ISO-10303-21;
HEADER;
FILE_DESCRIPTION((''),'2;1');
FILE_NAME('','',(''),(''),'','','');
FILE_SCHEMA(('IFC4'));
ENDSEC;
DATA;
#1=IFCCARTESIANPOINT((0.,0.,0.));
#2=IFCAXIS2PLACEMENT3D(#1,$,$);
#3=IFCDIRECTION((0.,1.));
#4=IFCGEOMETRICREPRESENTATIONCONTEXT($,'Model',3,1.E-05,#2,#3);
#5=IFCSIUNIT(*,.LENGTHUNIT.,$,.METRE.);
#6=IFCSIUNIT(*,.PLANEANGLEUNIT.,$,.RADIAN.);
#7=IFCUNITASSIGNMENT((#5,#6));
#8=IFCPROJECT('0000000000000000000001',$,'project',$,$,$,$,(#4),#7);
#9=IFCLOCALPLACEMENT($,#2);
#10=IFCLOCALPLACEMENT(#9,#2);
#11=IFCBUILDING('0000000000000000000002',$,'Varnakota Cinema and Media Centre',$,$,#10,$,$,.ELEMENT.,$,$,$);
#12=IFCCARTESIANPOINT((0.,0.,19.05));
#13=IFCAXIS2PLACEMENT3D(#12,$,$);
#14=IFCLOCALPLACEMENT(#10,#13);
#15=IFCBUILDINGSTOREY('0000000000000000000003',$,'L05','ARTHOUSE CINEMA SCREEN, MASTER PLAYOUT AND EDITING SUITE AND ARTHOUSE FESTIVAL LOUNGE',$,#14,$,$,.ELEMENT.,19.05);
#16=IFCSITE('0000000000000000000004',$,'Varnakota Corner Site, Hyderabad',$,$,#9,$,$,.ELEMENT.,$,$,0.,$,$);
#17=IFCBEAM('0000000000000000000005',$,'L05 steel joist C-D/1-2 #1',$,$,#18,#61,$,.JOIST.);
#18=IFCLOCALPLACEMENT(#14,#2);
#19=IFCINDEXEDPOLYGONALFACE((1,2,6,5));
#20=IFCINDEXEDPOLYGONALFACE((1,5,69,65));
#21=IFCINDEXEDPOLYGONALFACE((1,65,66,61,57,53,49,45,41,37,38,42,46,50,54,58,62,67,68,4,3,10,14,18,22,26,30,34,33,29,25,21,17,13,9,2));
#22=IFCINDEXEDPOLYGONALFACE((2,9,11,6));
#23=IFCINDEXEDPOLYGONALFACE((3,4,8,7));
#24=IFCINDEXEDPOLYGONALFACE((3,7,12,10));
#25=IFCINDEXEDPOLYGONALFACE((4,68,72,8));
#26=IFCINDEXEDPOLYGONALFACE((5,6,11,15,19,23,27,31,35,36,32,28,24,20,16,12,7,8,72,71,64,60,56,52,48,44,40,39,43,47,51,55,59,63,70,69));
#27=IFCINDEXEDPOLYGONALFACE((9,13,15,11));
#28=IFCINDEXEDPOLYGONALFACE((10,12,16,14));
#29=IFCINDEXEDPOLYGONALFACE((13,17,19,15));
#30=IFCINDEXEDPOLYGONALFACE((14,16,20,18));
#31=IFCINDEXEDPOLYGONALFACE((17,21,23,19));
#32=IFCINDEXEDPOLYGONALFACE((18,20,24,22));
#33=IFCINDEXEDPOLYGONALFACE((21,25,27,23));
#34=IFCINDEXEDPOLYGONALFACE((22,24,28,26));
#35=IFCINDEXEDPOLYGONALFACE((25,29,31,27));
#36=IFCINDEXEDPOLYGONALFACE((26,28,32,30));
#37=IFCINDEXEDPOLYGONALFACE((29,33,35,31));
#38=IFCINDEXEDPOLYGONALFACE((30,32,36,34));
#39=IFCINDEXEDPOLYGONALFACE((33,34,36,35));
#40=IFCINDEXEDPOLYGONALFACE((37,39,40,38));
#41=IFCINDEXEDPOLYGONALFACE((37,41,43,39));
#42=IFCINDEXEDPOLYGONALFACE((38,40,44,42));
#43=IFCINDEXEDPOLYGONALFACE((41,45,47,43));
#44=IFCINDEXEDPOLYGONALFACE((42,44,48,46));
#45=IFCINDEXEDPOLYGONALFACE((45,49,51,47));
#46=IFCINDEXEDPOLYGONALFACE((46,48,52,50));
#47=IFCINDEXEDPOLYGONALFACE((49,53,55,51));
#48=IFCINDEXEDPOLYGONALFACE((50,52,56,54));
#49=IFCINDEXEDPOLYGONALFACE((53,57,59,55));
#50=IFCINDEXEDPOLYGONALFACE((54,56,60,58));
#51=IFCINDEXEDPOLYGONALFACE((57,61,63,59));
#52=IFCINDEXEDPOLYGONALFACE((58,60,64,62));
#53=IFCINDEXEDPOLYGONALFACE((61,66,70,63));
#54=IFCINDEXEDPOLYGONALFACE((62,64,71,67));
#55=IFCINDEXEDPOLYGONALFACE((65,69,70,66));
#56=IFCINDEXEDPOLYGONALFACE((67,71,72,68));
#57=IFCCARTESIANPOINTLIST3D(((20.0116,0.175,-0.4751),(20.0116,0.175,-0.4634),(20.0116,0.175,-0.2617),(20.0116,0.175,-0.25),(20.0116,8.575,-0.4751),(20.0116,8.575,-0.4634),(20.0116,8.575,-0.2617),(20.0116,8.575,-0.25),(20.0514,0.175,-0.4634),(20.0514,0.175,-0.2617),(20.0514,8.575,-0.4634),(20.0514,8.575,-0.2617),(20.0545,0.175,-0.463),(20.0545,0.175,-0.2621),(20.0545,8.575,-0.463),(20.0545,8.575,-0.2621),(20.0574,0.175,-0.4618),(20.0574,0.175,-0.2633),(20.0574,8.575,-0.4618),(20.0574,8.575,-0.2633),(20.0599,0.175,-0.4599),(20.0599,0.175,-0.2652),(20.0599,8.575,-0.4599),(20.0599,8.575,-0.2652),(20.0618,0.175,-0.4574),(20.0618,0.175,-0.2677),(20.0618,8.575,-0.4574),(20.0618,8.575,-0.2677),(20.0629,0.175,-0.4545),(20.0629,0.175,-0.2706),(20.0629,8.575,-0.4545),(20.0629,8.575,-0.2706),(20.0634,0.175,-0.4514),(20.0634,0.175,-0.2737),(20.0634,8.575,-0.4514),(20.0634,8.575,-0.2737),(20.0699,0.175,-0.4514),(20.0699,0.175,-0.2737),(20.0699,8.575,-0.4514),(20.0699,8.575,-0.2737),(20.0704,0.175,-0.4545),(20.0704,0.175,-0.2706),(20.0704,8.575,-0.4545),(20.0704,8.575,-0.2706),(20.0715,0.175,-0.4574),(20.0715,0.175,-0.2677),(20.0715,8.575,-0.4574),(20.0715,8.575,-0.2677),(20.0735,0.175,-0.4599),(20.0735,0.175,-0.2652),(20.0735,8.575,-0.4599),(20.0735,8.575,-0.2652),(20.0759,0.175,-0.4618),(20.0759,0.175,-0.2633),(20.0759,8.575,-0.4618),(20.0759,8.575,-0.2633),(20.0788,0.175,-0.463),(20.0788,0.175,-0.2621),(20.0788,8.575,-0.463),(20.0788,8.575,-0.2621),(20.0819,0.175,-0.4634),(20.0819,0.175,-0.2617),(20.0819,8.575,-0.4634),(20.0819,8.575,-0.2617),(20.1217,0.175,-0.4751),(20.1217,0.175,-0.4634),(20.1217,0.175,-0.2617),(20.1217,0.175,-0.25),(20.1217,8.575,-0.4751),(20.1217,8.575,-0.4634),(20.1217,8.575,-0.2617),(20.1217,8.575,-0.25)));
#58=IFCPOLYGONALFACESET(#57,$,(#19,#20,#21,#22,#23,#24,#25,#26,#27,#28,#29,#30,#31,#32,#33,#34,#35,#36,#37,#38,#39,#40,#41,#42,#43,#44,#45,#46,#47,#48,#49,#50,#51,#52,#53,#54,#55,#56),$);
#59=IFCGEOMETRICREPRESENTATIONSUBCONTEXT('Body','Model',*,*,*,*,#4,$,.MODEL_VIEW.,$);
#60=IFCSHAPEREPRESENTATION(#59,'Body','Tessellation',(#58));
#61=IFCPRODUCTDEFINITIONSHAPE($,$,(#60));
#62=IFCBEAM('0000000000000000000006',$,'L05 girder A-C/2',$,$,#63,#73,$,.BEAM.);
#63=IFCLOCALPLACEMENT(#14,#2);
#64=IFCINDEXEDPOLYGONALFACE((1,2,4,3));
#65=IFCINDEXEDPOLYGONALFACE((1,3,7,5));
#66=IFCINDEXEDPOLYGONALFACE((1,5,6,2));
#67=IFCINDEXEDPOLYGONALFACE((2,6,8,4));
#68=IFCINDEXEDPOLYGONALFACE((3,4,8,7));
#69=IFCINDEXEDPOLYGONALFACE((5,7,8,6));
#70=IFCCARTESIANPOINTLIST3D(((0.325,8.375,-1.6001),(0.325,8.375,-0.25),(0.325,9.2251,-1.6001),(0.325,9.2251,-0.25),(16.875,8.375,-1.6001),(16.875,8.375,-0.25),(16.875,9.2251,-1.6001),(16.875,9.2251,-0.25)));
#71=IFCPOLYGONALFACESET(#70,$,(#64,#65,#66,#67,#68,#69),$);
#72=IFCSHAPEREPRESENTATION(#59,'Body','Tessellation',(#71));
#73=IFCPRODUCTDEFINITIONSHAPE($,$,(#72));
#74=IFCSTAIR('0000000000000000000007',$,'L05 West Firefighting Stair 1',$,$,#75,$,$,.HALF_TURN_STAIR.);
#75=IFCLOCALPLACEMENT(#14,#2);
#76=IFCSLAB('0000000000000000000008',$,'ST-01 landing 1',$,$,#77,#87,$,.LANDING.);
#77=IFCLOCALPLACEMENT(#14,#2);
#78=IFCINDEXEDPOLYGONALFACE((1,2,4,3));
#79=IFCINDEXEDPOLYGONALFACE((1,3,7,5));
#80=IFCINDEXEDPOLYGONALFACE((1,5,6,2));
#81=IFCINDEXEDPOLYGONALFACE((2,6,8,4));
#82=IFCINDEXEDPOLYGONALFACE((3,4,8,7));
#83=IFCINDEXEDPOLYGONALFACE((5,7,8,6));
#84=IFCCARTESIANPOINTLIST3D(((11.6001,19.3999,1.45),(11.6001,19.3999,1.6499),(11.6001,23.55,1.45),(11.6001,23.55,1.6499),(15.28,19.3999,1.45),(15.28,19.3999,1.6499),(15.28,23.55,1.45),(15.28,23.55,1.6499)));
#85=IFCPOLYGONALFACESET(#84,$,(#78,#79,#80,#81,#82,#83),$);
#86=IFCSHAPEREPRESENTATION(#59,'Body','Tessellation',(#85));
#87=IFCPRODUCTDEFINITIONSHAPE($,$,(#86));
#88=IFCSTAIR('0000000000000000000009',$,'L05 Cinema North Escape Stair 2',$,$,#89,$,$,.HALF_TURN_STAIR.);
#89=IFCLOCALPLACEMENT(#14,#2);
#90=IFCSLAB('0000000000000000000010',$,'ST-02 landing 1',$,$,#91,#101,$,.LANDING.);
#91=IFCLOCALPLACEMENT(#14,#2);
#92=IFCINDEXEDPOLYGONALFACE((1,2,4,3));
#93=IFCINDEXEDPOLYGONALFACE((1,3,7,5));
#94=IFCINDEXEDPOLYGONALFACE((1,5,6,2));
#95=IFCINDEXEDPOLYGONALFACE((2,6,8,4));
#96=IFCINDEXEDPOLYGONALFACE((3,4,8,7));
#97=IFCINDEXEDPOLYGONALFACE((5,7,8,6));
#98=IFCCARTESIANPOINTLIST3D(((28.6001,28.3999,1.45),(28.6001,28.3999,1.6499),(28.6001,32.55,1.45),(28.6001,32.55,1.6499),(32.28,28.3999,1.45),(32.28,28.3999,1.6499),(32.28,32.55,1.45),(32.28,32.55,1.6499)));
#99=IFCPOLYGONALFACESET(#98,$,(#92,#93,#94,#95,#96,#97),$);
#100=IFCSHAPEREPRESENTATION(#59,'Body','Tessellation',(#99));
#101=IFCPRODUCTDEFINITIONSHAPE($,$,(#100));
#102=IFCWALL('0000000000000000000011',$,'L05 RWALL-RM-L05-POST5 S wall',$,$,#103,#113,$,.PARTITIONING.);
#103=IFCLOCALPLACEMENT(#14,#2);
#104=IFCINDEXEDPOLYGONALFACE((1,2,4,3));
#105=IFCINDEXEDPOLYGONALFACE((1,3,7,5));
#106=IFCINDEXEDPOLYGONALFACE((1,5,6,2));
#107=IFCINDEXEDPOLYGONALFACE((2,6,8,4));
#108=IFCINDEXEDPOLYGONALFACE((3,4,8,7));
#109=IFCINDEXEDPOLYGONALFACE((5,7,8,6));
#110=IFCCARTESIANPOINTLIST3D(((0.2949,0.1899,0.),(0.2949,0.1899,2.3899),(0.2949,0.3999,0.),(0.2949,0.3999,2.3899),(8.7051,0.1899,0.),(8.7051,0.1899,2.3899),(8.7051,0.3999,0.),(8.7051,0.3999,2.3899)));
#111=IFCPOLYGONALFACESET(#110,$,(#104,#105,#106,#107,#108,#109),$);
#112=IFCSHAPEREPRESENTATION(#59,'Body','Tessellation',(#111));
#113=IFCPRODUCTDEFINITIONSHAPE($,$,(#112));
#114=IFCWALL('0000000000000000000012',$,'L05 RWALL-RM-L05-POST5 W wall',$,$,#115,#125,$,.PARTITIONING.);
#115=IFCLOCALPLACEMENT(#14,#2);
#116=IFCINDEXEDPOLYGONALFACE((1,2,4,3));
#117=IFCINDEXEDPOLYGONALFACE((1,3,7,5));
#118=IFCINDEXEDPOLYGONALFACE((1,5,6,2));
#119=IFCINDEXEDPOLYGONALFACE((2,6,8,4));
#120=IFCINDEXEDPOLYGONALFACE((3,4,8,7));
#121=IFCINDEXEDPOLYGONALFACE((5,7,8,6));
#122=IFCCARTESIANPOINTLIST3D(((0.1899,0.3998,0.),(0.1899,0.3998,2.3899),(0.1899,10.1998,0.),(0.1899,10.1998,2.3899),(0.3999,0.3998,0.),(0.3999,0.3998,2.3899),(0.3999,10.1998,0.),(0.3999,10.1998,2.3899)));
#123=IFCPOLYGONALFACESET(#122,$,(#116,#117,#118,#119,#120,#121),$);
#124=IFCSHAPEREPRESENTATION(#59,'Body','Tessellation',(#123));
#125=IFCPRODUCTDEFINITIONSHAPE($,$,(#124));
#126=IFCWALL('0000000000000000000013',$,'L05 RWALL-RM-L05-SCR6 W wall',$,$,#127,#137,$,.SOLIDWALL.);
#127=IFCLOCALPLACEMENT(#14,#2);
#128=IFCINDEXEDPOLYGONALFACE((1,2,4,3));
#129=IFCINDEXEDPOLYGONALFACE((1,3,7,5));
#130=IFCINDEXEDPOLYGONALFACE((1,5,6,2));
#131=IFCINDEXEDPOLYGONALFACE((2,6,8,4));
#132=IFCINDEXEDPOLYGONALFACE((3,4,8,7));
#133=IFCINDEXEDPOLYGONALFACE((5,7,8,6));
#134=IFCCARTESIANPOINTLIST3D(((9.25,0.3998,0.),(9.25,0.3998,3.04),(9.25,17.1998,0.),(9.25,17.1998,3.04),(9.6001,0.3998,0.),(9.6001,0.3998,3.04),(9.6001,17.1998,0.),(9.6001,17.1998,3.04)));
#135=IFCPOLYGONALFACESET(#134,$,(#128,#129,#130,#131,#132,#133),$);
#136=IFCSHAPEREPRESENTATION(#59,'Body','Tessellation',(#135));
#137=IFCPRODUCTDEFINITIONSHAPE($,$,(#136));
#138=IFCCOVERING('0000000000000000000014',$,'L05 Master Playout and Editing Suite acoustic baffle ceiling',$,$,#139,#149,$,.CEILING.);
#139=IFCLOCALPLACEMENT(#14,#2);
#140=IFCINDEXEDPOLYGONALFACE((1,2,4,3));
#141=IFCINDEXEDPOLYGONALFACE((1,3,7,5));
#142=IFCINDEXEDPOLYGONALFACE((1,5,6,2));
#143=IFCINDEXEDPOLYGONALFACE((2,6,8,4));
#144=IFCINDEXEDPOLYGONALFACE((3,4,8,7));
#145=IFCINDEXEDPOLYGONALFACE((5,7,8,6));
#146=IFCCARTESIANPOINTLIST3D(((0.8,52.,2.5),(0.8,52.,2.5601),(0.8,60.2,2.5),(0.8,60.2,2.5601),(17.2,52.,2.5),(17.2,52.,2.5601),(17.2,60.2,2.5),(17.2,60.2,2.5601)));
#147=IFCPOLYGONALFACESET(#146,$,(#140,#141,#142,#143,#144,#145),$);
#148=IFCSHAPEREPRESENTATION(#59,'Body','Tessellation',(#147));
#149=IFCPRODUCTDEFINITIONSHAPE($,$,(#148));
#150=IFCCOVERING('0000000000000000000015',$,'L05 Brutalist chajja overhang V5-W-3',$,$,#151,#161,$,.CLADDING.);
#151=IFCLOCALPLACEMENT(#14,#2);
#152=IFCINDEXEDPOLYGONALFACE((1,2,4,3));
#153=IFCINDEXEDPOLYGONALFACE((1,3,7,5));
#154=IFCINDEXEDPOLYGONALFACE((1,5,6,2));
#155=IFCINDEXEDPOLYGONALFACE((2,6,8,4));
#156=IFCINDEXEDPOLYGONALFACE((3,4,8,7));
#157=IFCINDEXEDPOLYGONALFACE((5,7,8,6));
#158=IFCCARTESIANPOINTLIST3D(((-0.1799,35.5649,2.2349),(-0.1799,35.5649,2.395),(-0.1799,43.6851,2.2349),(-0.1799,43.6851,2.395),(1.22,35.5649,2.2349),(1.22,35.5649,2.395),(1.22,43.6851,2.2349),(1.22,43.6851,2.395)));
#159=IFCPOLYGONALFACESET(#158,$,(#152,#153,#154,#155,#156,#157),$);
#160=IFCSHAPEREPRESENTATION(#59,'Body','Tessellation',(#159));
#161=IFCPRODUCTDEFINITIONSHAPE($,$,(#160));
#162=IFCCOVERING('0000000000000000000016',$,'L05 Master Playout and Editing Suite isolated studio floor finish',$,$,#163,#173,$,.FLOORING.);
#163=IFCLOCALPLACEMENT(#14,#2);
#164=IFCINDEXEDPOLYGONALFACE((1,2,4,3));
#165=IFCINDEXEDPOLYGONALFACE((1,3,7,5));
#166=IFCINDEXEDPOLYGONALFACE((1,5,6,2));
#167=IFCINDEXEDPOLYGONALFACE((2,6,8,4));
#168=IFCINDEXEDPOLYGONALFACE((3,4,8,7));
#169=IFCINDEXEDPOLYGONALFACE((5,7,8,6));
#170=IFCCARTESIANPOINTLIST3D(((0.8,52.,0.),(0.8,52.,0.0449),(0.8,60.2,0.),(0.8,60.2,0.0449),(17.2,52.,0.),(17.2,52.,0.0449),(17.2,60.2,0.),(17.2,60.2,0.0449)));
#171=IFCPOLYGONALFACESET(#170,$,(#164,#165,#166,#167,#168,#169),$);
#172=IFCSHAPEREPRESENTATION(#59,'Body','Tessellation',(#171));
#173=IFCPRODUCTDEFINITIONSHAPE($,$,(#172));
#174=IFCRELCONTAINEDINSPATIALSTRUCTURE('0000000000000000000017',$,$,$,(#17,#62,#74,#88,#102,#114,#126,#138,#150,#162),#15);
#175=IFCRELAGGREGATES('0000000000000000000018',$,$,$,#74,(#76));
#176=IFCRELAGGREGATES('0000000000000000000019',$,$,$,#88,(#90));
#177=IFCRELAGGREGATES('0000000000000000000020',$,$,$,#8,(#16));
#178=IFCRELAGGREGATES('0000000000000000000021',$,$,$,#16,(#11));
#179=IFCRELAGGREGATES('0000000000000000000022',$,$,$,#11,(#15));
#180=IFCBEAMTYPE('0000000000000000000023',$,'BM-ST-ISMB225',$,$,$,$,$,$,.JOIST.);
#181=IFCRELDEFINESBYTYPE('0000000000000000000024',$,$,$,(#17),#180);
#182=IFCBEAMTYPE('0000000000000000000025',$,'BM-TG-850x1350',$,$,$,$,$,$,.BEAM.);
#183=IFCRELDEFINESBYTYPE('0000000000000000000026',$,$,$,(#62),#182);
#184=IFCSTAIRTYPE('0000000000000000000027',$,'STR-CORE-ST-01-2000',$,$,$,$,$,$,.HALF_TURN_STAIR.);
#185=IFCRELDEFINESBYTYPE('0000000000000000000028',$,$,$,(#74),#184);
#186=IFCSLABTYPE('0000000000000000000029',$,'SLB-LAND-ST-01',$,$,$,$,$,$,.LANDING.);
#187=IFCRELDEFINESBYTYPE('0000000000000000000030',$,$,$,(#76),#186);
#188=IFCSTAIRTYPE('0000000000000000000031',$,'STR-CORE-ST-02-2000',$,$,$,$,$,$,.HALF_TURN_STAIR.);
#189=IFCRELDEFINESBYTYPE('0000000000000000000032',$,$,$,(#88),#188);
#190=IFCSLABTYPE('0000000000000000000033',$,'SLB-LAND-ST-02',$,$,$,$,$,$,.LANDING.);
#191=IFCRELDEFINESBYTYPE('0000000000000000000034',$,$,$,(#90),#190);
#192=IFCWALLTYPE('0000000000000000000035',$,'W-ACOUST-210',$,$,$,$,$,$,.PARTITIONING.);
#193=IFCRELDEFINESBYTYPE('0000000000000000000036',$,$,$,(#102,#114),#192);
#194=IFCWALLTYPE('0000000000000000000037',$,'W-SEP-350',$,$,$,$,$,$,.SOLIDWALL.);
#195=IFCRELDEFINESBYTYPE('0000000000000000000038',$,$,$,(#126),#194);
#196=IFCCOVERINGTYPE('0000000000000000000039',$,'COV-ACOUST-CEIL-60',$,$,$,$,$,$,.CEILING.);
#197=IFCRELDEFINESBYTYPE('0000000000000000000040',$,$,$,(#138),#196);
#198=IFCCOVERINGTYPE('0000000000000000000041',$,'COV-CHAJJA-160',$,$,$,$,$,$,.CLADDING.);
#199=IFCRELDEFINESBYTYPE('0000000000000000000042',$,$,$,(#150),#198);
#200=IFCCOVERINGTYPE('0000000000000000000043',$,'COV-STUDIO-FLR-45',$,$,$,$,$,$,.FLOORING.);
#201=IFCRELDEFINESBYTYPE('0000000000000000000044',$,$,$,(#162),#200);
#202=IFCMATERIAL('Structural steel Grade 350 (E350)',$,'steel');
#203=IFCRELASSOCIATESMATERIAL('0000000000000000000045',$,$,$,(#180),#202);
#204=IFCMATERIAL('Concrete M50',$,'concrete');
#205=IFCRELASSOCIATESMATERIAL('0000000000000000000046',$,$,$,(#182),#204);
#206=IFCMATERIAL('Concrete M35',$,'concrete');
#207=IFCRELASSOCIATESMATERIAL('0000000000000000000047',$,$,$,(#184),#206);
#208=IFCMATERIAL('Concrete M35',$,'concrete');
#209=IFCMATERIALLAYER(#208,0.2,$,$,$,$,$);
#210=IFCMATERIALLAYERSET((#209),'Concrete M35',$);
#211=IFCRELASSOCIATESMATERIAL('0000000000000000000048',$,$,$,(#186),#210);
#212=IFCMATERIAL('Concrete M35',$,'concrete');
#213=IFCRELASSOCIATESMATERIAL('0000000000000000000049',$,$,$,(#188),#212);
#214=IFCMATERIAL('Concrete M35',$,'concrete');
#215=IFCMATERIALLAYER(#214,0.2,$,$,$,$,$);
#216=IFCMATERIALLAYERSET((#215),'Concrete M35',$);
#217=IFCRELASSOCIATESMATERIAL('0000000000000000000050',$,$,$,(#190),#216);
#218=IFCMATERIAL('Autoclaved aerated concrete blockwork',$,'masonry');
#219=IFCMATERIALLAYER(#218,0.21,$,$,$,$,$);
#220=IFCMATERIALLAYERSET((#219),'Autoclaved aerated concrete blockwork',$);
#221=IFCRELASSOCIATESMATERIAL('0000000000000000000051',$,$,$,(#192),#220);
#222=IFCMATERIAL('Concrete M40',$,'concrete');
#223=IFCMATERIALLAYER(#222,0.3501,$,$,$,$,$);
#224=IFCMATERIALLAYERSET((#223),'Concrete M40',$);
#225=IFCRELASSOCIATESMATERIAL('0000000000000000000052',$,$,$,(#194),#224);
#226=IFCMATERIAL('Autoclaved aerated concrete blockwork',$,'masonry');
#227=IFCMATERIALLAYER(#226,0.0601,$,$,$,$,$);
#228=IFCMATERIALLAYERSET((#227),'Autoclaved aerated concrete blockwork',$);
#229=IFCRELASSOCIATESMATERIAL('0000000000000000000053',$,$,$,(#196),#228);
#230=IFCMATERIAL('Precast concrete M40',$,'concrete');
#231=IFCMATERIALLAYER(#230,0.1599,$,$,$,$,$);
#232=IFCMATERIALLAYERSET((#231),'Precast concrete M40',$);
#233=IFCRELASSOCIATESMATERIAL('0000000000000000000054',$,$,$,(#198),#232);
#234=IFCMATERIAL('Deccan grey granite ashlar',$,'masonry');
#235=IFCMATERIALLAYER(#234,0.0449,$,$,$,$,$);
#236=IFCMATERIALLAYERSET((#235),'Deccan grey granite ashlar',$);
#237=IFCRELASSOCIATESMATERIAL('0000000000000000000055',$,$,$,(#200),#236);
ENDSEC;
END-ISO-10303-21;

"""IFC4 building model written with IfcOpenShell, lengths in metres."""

from ifc_helpers import new_model, si_unit, direction, frame, frame_2d, origin, origin_2d, place, context, subcontext, project, spatial, polyline, rectangle, i_section, outline, extrude, material, layer, layer_set, material_profile, profile_set, type_object, element, aggregate, save


model = new_model("IFC4")

# Units and contexts
model_context = context("Model", 3, precision=1e-05, world=origin(), true_north=direction((0.0, 1.0)))
body_context = subcontext(model_context, "Body", "Model", "MODEL_VIEW")
ifc_project = project(units=[si_unit("LENGTHUNIT", "METRE"), si_unit("PLANEANGLEUNIT", "RADIAN")], contexts=[model_context])

# Site, building, storey
site_placement = place(None, origin())
site = spatial("IfcSite", under=ifc_project, at=site_placement, Name="Varnakota Corner Site, Hyderabad", CompositionType="ELEMENT", RefElevation=0.0)
building_placement = place(site_placement, origin())
building = spatial("IfcBuilding", under=site, at=building_placement, Name="Varnakota Cinema and Media Centre", CompositionType="ELEMENT")
storey_placement = place(building_placement, frame((0.0, 0.0, 19.05)))
storey = spatial("IfcBuildingStorey", under=building, at=storey_placement, Name="L05", Description="ARTHOUSE CINEMA SCREEN, MASTER PLAYOUT AND EDITING SUITE AND ARTHOUSE FESTIVAL LOUNGE", CompositionType="ELEMENT", Elevation=19.05)

# Beams
ifc_material_1 = material(Name="Structural steel Grade 350 (E350)", Category="steel")
ifc_material_profile_1 = material_profile(ifc_material_1, i_section(OverallWidth=0.1101, OverallDepth=0.2251, WebThickness=0.0066, FlangeThickness=0.0117, FilletRadius=0.012, at=origin_2d()), Name="ISMB 225")
ifc_profile_set_1 = profile_set([ifc_material_profile_1], Name="Structural steel Grade 350 (E350)")
beam_type_1 = type_object("IfcBeamType", Name="BM-ST-ISMB225", PredefinedType="JOIST", material=ifc_profile_set_1)
beam_1_placement = place(storey_placement, frame((20.0667, 0.175, -0.3625), z_axis=(0.0, 1.0, 0.0), x_axis=(-1.0, 0.0, 0.0)))
element("IfcBeam", 1, at=beam_1_placement, inside=storey, type_object=beam_type_1, Name="L05 steel joist C-D/1-2 #1", PredefinedType="JOIST", context=body_context, shape_type="SweptSolid", body=[
    extrude(i_section(OverallWidth=0.1101, OverallDepth=0.2251, WebThickness=0.0066, FlangeThickness=0.0117, FilletRadius=0.012, at=origin_2d()), origin(), (0.0, 0.0, 1.0), 8.3999),
])
ifc_material_2 = material(Name="Concrete M50", Category="concrete")
ifc_material_profile_2 = material_profile(ifc_material_2, rectangle(XDim=0.8501, YDim=1.3501, at=origin_2d()), Name="RCB 850x1350")
ifc_profile_set_2 = profile_set([ifc_material_profile_2], Name="Concrete M50")
beam_type_2 = type_object("IfcBeamType", Name="BM-TG-850x1350", PredefinedType="BEAM", material=ifc_profile_set_2)
beam_2_placement = place(storey_placement, frame((0.325, 8.8, -0.925), z_axis=(1.0, 0.0, 0.0), x_axis=(0.0, 1.0, 0.0)))
element("IfcBeam", 2, at=beam_2_placement, inside=storey, type_object=beam_type_2, Name="L05 girder A-C/2", PredefinedType="BEAM", context=body_context, shape_type="SweptSolid", body=[
    extrude(rectangle(XDim=0.8501, YDim=1.3501, at=origin_2d()), origin(), (0.0, 0.0, 1.0), 16.55),
])

# Stairs, slabs
ifc_material_3 = material(Name="Concrete M35", Category="concrete")
stair_type_1 = type_object("IfcStairType", Name="STR-CORE-ST-01-2000", PredefinedType="HALF_TURN_STAIR", material=ifc_material_3)
stair_1_placement = place(storey_placement, origin())
stair_1 = element("IfcStair", 3, at=stair_1_placement, inside=storey, type_object=stair_type_1, Name="L05 West Firefighting Stair 1", PredefinedType="HALF_TURN_STAIR")
ifc_material_4 = material(Name="Concrete M35", Category="concrete")
ifc_layer_1 = layer(ifc_material_4, 0.2)
ifc_layer_set_1 = layer_set([ifc_layer_1], Name="Concrete M35")
slab_type_1 = type_object("IfcSlabType", Name="SLB-LAND-ST-01", PredefinedType="LANDING", material=ifc_layer_set_1)
slab_1_placement = place(storey_placement, frame((0.0, 0.0, 1.45)))
slab_1 = element("IfcSlab", 4, at=slab_1_placement, type_object=slab_type_1, Name="ST-01 landing 1", PredefinedType="LANDING", context=body_context, shape_type="SweptSolid", body=[
    extrude(outline(polyline([(11.6001, 19.3999), (15.28, 19.3999), (15.28, 23.55), (11.6001, 23.55), (11.6001, 19.3999)])), origin(), (0.0, 0.0, 1.0), 0.2),
])
aggregate(stair_1, [slab_1])
ifc_material_5 = material(Name="Concrete M35", Category="concrete")
stair_type_2 = type_object("IfcStairType", Name="STR-CORE-ST-02-2000", PredefinedType="HALF_TURN_STAIR", material=ifc_material_5)
stair_2_placement = place(storey_placement, origin())
stair_2 = element("IfcStair", 5, at=stair_2_placement, inside=storey, type_object=stair_type_2, Name="L05 Cinema North Escape Stair 2", PredefinedType="HALF_TURN_STAIR")
ifc_material_6 = material(Name="Concrete M35", Category="concrete")
ifc_layer_2 = layer(ifc_material_6, 0.2)
ifc_layer_set_2 = layer_set([ifc_layer_2], Name="Concrete M35")
slab_type_2 = type_object("IfcSlabType", Name="SLB-LAND-ST-02", PredefinedType="LANDING", material=ifc_layer_set_2)
slab_2_placement = place(storey_placement, frame((0.0, 0.0, 1.45)))
slab_2 = element("IfcSlab", 6, at=slab_2_placement, type_object=slab_type_2, Name="ST-02 landing 1", PredefinedType="LANDING", context=body_context, shape_type="SweptSolid", body=[
    extrude(outline(polyline([(28.6001, 28.3999), (32.28, 28.3999), (32.28, 32.55), (28.6001, 32.55), (28.6001, 28.3999)])), origin(), (0.0, 0.0, 1.0), 0.2),
])
aggregate(stair_2, [slab_2])

# Walls
ifc_material_7 = material(Name="Autoclaved aerated concrete blockwork", Category="masonry")
ifc_layer_3 = layer(ifc_material_7, 0.21)
ifc_layer_set_3 = layer_set([ifc_layer_3], Name="Autoclaved aerated concrete blockwork")
wall_type_1 = type_object("IfcWallType", Name="W-ACOUST-210", PredefinedType="PARTITIONING", material=ifc_layer_set_3)
wall_1_placement = place(storey_placement, frame((8.7051, 0.2949, 0.0), z_axis=(0.0, 0.0, 1.0), x_axis=(-1.0, 0.0, 0.0)))
element("IfcWall", 7, at=wall_1_placement, inside=storey, type_object=wall_type_1, Name="L05 RWALL-RM-L05-POST5 S wall", PredefinedType="PARTITIONING", context=body_context, shape_type="SweptSolid", body=[
    extrude(rectangle(XDim=8.4102, YDim=0.21, at=frame_2d((4.2051, 0.0))), origin(), (0.0, 0.0, 1.0), 2.3899),
])
wall_2_placement = place(storey_placement, frame((0.2949, 0.3999, 0.0), z_axis=(0.0, 0.0, 1.0), x_axis=(0.0, 1.0, 0.0)))
element("IfcWall", 8, at=wall_2_placement, inside=storey, type_object=wall_type_1, Name="L05 RWALL-RM-L05-POST5 W wall", PredefinedType="PARTITIONING", context=body_context, shape_type="SweptSolid", body=[
    extrude(rectangle(XDim=9.8, YDim=0.21, at=frame_2d((4.8999, 0.0))), origin(), (0.0, 0.0, 1.0), 2.3899),
])
ifc_material_8 = material(Name="Concrete M40", Category="concrete")
ifc_layer_4 = layer(ifc_material_8, 0.3501)
ifc_layer_set_4 = layer_set([ifc_layer_4], Name="Concrete M40")
wall_type_2 = type_object("IfcWallType", Name="W-SEP-350", PredefinedType="SOLIDWALL", material=ifc_layer_set_4)
wall_3_placement = place(storey_placement, frame((9.425, 0.3999, 0.0), z_axis=(0.0, 0.0, 1.0), x_axis=(0.0, 1.0, 0.0)))
element("IfcWall", 9, at=wall_3_placement, inside=storey, type_object=wall_type_2, Name="L05 RWALL-RM-L05-SCR6 W wall", PredefinedType="SOLIDWALL", context=body_context, shape_type="SweptSolid", body=[
    extrude(rectangle(XDim=16.8, YDim=0.3501, at=frame_2d((8.3999, 0.0))), origin(), (0.0, 0.0, 1.0), 3.04),
])

# Coverings
ifc_material_9 = material(Name="Autoclaved aerated concrete blockwork", Category="masonry")
ifc_layer_5 = layer(ifc_material_9, 0.0601)
ifc_layer_set_5 = layer_set([ifc_layer_5], Name="Autoclaved aerated concrete blockwork")
covering_type_1 = type_object("IfcCoveringType", Name="COV-ACOUST-CEIL-60", PredefinedType="CEILING", material=ifc_layer_set_5)
covering_1_placement = place(storey_placement, frame((0.0, 0.0, 2.5)))
element("IfcCovering", 10, at=covering_1_placement, inside=storey, type_object=covering_type_1, Name="L05 Master Playout and Editing Suite acoustic baffle ceiling", PredefinedType="CEILING", context=body_context, shape_type="SweptSolid", body=[
    extrude(outline(polyline([(0.8, 52.0), (17.2, 52.0), (17.2, 60.2), (0.8, 60.2), (0.8, 52.0)])), origin(), (0.0, 0.0, 1.0), 0.0601),
])
ifc_material_10 = material(Name="Precast concrete M40", Category="concrete")
ifc_layer_6 = layer(ifc_material_10, 0.1599)
ifc_layer_set_6 = layer_set([ifc_layer_6], Name="Precast concrete M40")
covering_type_2 = type_object("IfcCoveringType", Name="COV-CHAJJA-160", PredefinedType="CLADDING", material=ifc_layer_set_6)
covering_2_placement = place(storey_placement, frame((0.0, 0.0, 2.2349)))
element("IfcCovering", 11, at=covering_2_placement, inside=storey, type_object=covering_type_2, Name="L05 Brutalist chajja overhang V5-W-3", PredefinedType="CLADDING", context=body_context, shape_type="SweptSolid", body=[
    extrude(outline(polyline([(-0.1799, 43.6851), (-0.1799, 35.5649), (1.22, 35.5649), (1.22, 43.6851), (-0.1799, 43.6851)])), origin(), (0.0, 0.0, 1.0), 0.1602),
])
ifc_material_11 = material(Name="Deccan grey granite ashlar", Category="masonry")
ifc_layer_7 = layer(ifc_material_11, 0.0449)
ifc_layer_set_7 = layer_set([ifc_layer_7], Name="Deccan grey granite ashlar")
covering_type_3 = type_object("IfcCoveringType", Name="COV-STUDIO-FLR-45", PredefinedType="FLOORING", material=ifc_layer_set_7)
covering_3_placement = place(storey_placement, origin())
element("IfcCovering", 12, at=covering_3_placement, inside=storey, type_object=covering_type_3, Name="L05 Master Playout and Editing Suite isolated studio floor finish", PredefinedType="FLOORING", context=body_context, shape_type="SweptSolid", body=[
    extrude(outline(polyline([(0.8, 52.0), (17.2, 52.0), (17.2, 60.2), (0.8, 60.2), (0.8, 52.0)])), origin(), (0.0, 0.0, 1.0), 0.0449),
])

save(model, "model.ifc")
